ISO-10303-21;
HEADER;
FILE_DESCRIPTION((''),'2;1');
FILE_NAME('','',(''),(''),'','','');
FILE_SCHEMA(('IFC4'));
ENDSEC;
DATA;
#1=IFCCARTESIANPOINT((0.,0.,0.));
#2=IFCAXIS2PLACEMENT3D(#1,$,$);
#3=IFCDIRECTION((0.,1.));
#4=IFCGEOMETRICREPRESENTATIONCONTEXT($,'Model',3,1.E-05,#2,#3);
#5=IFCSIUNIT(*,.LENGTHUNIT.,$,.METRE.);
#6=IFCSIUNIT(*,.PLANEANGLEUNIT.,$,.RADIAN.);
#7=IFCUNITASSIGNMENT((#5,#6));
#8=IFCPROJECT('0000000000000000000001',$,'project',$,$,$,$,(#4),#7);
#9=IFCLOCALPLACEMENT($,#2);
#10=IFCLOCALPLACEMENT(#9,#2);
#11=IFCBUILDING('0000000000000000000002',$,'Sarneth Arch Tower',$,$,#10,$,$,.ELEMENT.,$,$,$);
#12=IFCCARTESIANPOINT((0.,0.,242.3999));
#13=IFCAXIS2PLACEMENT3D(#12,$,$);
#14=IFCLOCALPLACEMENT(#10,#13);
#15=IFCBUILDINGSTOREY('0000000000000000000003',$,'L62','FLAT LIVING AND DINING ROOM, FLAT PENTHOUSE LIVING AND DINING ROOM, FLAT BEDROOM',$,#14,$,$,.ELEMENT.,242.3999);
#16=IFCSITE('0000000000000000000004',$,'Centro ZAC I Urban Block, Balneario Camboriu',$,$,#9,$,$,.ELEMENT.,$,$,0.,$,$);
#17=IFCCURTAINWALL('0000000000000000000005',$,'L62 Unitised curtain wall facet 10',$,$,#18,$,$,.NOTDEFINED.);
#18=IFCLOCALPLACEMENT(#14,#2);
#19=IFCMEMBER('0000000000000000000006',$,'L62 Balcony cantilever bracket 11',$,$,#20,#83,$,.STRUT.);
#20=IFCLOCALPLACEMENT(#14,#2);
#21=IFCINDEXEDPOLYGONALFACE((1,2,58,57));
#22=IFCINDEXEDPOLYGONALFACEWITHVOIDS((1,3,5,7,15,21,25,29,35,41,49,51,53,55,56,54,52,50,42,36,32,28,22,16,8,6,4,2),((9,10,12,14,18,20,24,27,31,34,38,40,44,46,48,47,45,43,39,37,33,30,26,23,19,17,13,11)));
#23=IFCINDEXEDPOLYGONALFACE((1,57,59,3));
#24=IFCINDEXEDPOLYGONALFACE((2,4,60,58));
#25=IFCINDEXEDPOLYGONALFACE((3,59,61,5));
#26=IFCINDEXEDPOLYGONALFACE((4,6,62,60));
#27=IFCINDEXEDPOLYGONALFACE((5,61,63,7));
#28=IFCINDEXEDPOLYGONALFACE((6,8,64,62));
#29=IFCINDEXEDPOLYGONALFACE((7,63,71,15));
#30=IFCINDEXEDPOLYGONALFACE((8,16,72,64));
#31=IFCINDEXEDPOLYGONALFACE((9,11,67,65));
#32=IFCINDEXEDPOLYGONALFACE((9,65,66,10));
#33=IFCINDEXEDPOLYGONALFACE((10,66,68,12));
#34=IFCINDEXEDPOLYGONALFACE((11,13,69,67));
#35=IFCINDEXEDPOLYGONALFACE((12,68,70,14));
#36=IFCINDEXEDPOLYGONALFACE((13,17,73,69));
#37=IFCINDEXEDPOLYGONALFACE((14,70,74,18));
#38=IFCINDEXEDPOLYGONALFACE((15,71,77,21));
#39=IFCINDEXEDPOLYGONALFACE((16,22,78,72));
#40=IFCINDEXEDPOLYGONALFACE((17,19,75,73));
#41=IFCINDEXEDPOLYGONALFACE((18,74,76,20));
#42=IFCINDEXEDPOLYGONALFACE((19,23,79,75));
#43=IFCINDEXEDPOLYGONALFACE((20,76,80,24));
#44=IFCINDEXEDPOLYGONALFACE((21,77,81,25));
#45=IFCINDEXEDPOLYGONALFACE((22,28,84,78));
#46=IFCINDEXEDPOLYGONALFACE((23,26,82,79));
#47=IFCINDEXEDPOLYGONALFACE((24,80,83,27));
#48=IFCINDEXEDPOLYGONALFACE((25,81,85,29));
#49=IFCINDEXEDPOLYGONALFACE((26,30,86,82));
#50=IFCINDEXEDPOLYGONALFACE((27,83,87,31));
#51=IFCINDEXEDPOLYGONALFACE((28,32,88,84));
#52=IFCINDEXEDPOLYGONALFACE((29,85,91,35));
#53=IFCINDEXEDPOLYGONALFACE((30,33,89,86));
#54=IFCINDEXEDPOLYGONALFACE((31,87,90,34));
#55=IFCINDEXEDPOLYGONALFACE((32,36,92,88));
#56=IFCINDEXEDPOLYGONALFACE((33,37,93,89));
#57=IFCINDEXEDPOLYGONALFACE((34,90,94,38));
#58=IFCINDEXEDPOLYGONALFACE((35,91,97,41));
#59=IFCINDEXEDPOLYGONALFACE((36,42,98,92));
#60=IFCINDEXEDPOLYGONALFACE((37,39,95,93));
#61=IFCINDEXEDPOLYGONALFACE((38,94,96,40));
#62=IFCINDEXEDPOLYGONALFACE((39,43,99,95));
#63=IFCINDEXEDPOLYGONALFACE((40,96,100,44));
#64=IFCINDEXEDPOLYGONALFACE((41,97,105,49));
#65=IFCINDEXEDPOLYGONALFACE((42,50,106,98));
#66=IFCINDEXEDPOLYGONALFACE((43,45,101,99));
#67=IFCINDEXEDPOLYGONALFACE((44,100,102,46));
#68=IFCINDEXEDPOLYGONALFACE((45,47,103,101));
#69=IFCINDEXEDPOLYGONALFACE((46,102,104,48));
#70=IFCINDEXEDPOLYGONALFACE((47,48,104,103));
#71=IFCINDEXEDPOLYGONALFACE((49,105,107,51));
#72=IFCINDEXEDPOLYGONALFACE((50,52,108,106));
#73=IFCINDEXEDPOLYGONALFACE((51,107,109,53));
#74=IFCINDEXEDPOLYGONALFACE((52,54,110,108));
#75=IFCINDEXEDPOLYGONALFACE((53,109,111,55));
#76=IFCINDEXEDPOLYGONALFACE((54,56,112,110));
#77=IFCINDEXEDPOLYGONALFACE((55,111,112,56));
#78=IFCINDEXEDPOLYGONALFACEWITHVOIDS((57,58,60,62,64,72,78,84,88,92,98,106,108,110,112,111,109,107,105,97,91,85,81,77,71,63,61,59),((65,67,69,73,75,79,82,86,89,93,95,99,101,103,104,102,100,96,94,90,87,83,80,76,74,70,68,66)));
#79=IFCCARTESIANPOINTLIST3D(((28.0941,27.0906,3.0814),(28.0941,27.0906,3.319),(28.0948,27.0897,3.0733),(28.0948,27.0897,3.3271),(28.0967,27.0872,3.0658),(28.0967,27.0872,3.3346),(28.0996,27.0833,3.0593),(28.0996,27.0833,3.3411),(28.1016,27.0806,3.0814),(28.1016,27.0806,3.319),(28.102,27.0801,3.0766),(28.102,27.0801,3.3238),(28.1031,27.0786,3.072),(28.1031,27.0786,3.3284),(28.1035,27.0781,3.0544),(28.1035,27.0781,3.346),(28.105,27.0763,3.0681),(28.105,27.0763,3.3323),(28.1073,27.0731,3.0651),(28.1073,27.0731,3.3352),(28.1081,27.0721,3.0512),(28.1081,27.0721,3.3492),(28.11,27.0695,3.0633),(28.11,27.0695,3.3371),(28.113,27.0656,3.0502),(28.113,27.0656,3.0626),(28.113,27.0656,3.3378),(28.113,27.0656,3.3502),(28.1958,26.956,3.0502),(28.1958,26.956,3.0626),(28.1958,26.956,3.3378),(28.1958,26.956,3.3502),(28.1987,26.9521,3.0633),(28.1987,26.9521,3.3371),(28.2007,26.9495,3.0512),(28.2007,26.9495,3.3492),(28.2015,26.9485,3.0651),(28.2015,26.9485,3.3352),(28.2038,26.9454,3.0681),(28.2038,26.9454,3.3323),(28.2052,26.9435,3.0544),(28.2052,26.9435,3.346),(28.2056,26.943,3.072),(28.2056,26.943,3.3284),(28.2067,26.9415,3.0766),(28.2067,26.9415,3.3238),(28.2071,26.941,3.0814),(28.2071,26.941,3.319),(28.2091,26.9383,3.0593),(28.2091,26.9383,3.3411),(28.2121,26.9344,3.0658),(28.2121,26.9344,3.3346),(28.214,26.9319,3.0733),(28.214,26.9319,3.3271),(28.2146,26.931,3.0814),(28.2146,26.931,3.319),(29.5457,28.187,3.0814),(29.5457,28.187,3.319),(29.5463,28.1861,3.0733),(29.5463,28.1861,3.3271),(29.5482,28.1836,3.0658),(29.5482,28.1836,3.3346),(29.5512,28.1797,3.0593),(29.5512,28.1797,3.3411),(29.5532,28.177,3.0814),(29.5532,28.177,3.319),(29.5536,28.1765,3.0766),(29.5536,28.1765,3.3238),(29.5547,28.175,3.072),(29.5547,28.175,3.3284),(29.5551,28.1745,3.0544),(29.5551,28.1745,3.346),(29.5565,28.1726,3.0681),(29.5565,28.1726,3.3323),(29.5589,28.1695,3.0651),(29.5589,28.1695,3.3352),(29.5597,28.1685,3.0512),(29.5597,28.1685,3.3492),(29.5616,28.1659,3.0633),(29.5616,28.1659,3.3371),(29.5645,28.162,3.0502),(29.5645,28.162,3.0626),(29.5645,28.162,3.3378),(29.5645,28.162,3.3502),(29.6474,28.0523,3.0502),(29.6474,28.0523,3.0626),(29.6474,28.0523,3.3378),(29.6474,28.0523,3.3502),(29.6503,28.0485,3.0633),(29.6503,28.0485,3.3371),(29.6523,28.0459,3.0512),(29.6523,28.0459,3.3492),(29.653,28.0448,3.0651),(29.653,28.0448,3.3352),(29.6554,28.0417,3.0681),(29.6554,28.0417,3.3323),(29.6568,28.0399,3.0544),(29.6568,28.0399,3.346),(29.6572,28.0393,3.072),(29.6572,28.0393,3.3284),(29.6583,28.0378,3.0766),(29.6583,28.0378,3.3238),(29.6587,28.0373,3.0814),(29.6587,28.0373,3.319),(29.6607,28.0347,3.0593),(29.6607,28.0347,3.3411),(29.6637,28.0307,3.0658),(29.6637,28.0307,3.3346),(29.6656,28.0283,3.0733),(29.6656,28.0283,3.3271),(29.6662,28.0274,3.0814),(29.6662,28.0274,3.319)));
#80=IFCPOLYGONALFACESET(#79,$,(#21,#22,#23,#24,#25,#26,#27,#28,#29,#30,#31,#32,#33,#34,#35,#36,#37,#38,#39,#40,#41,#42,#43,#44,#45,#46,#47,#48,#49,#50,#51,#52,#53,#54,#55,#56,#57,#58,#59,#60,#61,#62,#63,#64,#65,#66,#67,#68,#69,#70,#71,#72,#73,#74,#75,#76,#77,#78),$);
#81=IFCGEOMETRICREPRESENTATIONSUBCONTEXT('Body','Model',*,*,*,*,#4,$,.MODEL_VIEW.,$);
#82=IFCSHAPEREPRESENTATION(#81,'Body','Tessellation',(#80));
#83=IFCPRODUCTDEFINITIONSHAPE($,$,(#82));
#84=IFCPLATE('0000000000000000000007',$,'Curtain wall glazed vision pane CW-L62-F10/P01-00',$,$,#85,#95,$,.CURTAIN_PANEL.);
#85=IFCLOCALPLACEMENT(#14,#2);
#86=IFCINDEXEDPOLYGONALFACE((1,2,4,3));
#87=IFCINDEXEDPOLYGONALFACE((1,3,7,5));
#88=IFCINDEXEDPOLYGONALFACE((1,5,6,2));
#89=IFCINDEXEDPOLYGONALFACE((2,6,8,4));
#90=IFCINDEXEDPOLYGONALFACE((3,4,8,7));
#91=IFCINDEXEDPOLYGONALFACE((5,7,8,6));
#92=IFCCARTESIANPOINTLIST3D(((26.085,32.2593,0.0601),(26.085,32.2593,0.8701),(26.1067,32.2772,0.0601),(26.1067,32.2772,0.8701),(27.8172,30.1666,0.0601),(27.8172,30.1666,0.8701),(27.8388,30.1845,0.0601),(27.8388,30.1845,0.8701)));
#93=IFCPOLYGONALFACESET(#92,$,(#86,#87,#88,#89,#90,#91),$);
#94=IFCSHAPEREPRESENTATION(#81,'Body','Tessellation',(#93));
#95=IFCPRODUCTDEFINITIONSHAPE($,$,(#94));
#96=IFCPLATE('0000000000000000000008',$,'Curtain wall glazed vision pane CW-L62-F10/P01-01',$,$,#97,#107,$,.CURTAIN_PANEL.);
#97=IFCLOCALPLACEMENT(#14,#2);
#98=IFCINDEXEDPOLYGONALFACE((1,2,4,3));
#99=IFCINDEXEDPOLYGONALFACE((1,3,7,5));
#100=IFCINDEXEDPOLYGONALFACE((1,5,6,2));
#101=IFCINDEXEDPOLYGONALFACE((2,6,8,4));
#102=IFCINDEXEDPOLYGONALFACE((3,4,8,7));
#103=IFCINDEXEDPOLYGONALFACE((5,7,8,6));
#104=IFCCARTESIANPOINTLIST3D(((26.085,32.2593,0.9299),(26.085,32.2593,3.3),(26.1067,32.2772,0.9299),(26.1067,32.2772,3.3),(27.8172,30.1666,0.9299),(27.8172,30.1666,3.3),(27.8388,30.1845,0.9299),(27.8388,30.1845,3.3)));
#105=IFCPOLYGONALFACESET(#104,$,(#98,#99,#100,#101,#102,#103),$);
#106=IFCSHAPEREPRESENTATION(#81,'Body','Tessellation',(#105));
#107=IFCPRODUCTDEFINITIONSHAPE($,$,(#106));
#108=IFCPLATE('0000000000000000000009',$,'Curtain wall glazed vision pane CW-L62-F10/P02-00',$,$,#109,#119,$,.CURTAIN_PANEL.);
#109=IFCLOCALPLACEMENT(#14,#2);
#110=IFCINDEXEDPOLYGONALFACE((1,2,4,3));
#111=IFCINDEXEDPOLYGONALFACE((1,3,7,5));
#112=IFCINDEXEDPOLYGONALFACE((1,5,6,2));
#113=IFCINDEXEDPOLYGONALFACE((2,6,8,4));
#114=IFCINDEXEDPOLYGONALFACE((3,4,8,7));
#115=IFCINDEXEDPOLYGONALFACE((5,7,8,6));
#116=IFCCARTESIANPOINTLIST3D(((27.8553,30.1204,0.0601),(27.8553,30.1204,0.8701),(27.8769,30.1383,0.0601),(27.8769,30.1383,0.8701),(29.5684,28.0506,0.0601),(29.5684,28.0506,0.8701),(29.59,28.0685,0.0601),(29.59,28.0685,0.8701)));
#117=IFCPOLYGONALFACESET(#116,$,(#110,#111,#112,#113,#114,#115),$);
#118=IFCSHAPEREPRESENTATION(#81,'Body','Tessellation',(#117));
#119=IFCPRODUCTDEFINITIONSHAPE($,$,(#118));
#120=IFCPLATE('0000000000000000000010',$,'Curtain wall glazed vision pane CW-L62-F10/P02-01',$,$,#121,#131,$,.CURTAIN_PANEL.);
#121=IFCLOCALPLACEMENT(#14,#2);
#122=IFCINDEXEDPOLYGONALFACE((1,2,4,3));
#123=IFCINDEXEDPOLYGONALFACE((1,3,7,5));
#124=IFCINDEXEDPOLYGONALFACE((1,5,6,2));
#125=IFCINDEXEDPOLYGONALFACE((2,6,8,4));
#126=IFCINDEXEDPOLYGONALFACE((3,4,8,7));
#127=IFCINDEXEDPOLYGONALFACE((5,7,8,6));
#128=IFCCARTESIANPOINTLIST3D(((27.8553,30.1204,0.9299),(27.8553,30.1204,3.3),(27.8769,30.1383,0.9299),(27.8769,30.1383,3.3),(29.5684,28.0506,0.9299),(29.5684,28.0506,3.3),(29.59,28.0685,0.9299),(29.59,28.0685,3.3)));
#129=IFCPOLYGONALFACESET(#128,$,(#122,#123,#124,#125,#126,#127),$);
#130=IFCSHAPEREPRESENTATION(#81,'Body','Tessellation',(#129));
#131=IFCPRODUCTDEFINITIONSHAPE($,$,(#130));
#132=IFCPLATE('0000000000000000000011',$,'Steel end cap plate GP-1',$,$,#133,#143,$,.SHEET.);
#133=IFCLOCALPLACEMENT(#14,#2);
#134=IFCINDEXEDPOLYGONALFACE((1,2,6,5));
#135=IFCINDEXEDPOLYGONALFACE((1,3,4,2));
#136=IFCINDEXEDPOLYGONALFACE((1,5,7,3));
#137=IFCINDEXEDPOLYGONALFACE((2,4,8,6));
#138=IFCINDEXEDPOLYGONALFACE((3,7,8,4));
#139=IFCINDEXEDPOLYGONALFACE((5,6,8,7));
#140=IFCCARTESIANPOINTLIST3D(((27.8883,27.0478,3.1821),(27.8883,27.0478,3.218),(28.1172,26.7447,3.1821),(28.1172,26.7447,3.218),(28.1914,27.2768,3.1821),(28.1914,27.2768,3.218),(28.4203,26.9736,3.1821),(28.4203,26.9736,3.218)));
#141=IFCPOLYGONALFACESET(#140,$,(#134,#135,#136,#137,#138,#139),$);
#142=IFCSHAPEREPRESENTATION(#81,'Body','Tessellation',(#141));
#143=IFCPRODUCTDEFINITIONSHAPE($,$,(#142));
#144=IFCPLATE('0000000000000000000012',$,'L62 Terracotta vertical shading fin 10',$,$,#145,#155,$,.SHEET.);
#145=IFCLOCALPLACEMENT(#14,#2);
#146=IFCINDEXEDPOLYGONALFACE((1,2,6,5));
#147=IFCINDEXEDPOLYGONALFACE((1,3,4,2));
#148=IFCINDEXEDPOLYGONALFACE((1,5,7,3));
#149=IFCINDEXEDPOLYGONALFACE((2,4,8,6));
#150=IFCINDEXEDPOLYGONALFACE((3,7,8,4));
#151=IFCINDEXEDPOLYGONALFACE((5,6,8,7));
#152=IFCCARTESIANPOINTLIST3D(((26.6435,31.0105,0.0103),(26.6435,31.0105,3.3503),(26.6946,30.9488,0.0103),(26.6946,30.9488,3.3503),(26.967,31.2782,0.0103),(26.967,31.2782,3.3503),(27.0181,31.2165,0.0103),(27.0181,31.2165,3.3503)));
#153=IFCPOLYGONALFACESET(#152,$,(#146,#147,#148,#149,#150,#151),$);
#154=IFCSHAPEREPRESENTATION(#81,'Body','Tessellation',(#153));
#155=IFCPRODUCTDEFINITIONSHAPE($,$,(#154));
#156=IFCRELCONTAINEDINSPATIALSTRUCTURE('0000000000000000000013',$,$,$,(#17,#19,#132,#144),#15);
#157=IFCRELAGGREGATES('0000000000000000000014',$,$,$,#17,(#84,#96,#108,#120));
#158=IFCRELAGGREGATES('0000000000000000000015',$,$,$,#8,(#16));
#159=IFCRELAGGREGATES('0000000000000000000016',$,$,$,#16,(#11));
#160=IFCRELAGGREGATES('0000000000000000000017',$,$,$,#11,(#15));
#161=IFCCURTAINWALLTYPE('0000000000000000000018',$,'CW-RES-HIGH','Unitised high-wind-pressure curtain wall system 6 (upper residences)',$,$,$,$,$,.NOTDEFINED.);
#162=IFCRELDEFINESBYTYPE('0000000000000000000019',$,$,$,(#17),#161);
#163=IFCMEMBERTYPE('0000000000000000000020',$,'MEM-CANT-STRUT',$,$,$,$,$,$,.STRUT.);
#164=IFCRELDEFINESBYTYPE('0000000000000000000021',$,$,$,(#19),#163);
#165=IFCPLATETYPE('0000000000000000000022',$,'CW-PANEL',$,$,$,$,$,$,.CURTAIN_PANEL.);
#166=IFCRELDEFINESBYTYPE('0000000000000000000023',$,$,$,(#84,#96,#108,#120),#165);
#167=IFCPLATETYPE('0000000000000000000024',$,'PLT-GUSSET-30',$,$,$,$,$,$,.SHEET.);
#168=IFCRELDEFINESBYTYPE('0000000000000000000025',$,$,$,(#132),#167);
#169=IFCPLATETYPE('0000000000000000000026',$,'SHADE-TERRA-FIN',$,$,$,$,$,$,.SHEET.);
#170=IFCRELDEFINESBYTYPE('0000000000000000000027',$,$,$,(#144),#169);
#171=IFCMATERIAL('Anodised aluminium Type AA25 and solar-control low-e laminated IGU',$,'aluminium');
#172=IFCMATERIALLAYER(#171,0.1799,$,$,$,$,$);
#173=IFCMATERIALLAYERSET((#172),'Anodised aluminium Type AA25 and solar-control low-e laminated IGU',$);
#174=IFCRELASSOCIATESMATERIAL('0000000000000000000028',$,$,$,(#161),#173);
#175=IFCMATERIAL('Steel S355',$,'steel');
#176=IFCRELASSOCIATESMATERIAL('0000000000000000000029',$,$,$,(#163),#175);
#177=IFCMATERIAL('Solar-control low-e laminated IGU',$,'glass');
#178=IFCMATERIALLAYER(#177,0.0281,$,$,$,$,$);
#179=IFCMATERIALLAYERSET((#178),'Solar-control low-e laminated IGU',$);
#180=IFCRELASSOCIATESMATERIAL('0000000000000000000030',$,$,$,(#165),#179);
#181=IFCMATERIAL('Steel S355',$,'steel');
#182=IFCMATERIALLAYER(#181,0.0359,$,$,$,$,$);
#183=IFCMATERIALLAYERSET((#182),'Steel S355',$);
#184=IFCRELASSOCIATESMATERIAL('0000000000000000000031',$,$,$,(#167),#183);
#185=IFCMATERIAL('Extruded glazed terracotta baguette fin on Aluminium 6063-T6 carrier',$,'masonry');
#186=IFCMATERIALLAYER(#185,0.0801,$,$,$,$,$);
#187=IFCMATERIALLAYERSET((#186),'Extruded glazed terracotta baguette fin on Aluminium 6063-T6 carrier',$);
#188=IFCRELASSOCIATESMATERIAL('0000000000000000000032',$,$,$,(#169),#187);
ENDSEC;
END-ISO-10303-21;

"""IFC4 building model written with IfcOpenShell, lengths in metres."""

from ifc_helpers import new_model, si_unit, direction, frame, origin, origin_2d, place, context, subcontext, project, spatial, rectangle, hollow_rectangle, extrude, material, layer, layer_set, material_profile, profile_set, type_object, element, aggregate, save


model = new_model("IFC4")

# Units and contexts
model_context = context("Model", 3, precision=1e-05, world=origin(), true_north=direction((0.0, 1.0)))
body_context = subcontext(model_context, "Body", "Model", "MODEL_VIEW")
ifc_project = project(units=[si_unit("LENGTHUNIT", "METRE"), si_unit("PLANEANGLEUNIT", "RADIAN")], contexts=[model_context])

# Site, building, storey
site_placement = place(None, origin())
site = spatial("IfcSite", under=ifc_project, at=site_placement, Name="Centro ZAC I Urban Block, Balneario Camboriu", CompositionType="ELEMENT", RefElevation=0.0)
building_placement = place(site_placement, origin())
building = spatial("IfcBuilding", under=site, at=building_placement, Name="Sarneth Arch Tower", CompositionType="ELEMENT")
storey_placement = place(building_placement, frame((0.0, 0.0, 242.3999)))
storey = spatial("IfcBuildingStorey", under=building, at=storey_placement, Name="L62", Description="FLAT LIVING AND DINING ROOM, FLAT PENTHOUSE LIVING AND DINING ROOM, FLAT BEDROOM", CompositionType="ELEMENT", Elevation=242.3999)

# Curtain wall
ifc_material_1 = material(Name="Anodised aluminium Type AA25 and solar-control low-e laminated IGU", Category="aluminium")
ifc_layer_1 = layer(ifc_material_1, 0.1799)
ifc_layer_set_1 = layer_set([ifc_layer_1], Name="Anodised aluminium Type AA25 and solar-control low-e laminated IGU")
curtain_wall_type = type_object("IfcCurtainWallType", Name="CW-RES-HIGH", Description="Unitised high-wind-pressure curtain wall system 6 (upper residences)", PredefinedType="NOTDEFINED", material=ifc_layer_set_1)
curtain_wall_placement = place(storey_placement, origin())
curtain_wall = element("IfcCurtainWall", 1, at=curtain_wall_placement, inside=storey, type_object=curtain_wall_type, Name="L62 Unitised curtain wall facet 10", PredefinedType="NOTDEFINED")

# Member
ifc_material_2 = material(Name="Steel S355", Category="steel")
ifc_material_profile_1 = material_profile(ifc_material_2, hollow_rectangle(XDim=0.2, YDim=0.3, WallThickness=0.0125, InnerFilletRadius=0.0188, OuterFilletRadius=0.0312, at=origin_2d()), Name="RHS300x200x12.5")
ifc_profile_set_1 = profile_set([ifc_material_profile_1], Name="Steel S355")
member_type_1 = type_object("IfcMemberType", Name="MEM-CANT-STRUT", PredefinedType="STRUT", material=ifc_profile_set_1)
member_1_placement = place(storey_placement, frame((29.606, 28.1072, 3.2002), z_axis=(-0.797966, -0.602702, 0.0), x_axis=(0.602702, -0.797966, 0.0)))
element("IfcMember", 2, at=member_1_placement, inside=storey, type_object=member_type_1, Name="L62 Balcony cantilever bracket 11", PredefinedType="STRUT", context=body_context, shape_type="SweptSolid", body=[
    extrude(hollow_rectangle(XDim=0.2, YDim=0.3, WallThickness=0.0125, InnerFilletRadius=0.0188, OuterFilletRadius=0.0312, at=origin_2d()), origin(), (0.0, 0.0, 1.0), 1.8191),
])

# Plates
ifc_material_3 = material(Name="Solar-control low-e laminated IGU", Category="glass")
ifc_layer_2 = layer(ifc_material_3, 0.0281)
ifc_layer_set_2 = layer_set([ifc_layer_2], Name="Solar-control low-e laminated IGU")
plate_type_1 = type_object("IfcPlateType", Name="CW-PANEL", PredefinedType="CURTAIN_PANEL", material=ifc_layer_set_2)
plate_1_placement = place(storey_placement, frame((26.9619, 31.2219, 0.0601), z_axis=(0.0, 0.0, 1.0), x_axis=(0.63761, -0.770359, 0.0)))
plate_1 = element("IfcPlate", 3, at=plate_1_placement, type_object=plate_type_1, Name="Curtain wall glazed vision pane CW-L62-F10/P01-00", PredefinedType="CURTAIN_PANEL", context=body_context, shape_type="SweptSolid", body=[
    extrude(rectangle(XDim=2.7166, YDim=0.0281, at=origin_2d()), origin(), (0.0, 0.0, 1.0), 0.8101),
])
plate_2_placement = place(storey_placement, frame((26.9619, 31.2219, 0.9299), z_axis=(0.0, 0.0, 1.0), x_axis=(0.63761, -0.770359, 0.0)))
plate_2 = element("IfcPlate", 4, at=plate_2_placement, type_object=plate_type_1, Name="Curtain wall glazed vision pane CW-L62-F10/P01-01", PredefinedType="CURTAIN_PANEL", context=body_context, shape_type="SweptSolid", body=[
    extrude(rectangle(XDim=2.7166, YDim=0.0281, at=origin_2d()), origin(), (0.0, 0.0, 1.0), 2.3701),
])
plate_3_placement = place(storey_placement, frame((28.7227, 29.0945, 0.0601), z_axis=(0.0, 0.0, 1.0), x_axis=(0.63761, -0.770359, 0.0)))
plate_3 = element("IfcPlate", 5, at=plate_3_placement, type_object=plate_type_1, Name="Curtain wall glazed vision pane CW-L62-F10/P02-00", PredefinedType="CURTAIN_PANEL", context=body_context, shape_type="SweptSolid", body=[
    extrude(rectangle(XDim=2.6868, YDim=0.0281, at=origin_2d()), origin(), (0.0, 0.0, 1.0), 0.8101),
])
plate_4_placement = place(storey_placement, frame((28.7227, 29.0945, 0.9299), z_axis=(0.0, 0.0, 1.0), x_axis=(0.63761, -0.770359, 0.0)))
plate_4 = element("IfcPlate", 6, at=plate_4_placement, type_object=plate_type_1, Name="Curtain wall glazed vision pane CW-L62-F10/P02-01", PredefinedType="CURTAIN_PANEL", context=body_context, shape_type="SweptSolid", body=[
    extrude(rectangle(XDim=2.6868, YDim=0.0281, at=origin_2d()), origin(), (0.0, 0.0, 1.0), 2.3701),
])
aggregate(curtain_wall, [plate_1, plate_2, plate_3, plate_4])

# Plates
ifc_material_4 = material(Name="Steel S355", Category="steel")
ifc_layer_3 = layer(ifc_material_4, 0.0359)
ifc_layer_set_3 = layer_set([ifc_layer_3], Name="Steel S355")
plate_type_2 = type_object("IfcPlateType", Name="PLT-GUSSET-30", PredefinedType="SHEET", material=ifc_layer_set_3)
plate_5_placement = place(storey_placement, frame((28.1543, 27.0107, 3.1821), z_axis=(0.0, 0.0, 1.0), x_axis=(-0.798005, -0.602651, 0.0)))
element("IfcPlate", 7, at=plate_5_placement, inside=storey, type_object=plate_type_2, Name="Steel end cap plate GP-1", PredefinedType="SHEET", context=body_context, shape_type="SweptSolid", body=[
    extrude(rectangle(XDim=0.3799, YDim=0.3799, at=origin_2d()), origin(), (0.0, 0.0, 1.0), 0.0359),
])
ifc_material_5 = material(Name="Extruded glazed terracotta baguette fin on Aluminium 6063-T6 carrier", Category="masonry")
ifc_layer_4 = layer(ifc_material_5, 0.0801)
ifc_layer_set_4 = layer_set([ifc_layer_4], Name="Extruded glazed terracotta baguette fin on Aluminium 6063-T6 carrier")
plate_type_3 = type_object("IfcPlateType", Name="SHADE-TERRA-FIN", PredefinedType="SHEET", material=ifc_layer_set_4)
plate_6_placement = place(storey_placement, frame((26.8308, 31.1135, 0.0103), z_axis=(0.0, 0.0, 1.0), x_axis=(-0.770402, -0.637558, 0.0)))
element("IfcPlate", 8, at=plate_6_placement, inside=storey, type_object=plate_type_3, Name="L62 Terracotta vertical shading fin 10", PredefinedType="SHEET", context=body_context, shape_type="SweptSolid", body=[
    extrude(rectangle(XDim=0.4199, YDim=0.0801, at=origin_2d()), origin(), (0.0, 0.0, 1.0), 3.3401),
])

save(model, "model.ifc")
